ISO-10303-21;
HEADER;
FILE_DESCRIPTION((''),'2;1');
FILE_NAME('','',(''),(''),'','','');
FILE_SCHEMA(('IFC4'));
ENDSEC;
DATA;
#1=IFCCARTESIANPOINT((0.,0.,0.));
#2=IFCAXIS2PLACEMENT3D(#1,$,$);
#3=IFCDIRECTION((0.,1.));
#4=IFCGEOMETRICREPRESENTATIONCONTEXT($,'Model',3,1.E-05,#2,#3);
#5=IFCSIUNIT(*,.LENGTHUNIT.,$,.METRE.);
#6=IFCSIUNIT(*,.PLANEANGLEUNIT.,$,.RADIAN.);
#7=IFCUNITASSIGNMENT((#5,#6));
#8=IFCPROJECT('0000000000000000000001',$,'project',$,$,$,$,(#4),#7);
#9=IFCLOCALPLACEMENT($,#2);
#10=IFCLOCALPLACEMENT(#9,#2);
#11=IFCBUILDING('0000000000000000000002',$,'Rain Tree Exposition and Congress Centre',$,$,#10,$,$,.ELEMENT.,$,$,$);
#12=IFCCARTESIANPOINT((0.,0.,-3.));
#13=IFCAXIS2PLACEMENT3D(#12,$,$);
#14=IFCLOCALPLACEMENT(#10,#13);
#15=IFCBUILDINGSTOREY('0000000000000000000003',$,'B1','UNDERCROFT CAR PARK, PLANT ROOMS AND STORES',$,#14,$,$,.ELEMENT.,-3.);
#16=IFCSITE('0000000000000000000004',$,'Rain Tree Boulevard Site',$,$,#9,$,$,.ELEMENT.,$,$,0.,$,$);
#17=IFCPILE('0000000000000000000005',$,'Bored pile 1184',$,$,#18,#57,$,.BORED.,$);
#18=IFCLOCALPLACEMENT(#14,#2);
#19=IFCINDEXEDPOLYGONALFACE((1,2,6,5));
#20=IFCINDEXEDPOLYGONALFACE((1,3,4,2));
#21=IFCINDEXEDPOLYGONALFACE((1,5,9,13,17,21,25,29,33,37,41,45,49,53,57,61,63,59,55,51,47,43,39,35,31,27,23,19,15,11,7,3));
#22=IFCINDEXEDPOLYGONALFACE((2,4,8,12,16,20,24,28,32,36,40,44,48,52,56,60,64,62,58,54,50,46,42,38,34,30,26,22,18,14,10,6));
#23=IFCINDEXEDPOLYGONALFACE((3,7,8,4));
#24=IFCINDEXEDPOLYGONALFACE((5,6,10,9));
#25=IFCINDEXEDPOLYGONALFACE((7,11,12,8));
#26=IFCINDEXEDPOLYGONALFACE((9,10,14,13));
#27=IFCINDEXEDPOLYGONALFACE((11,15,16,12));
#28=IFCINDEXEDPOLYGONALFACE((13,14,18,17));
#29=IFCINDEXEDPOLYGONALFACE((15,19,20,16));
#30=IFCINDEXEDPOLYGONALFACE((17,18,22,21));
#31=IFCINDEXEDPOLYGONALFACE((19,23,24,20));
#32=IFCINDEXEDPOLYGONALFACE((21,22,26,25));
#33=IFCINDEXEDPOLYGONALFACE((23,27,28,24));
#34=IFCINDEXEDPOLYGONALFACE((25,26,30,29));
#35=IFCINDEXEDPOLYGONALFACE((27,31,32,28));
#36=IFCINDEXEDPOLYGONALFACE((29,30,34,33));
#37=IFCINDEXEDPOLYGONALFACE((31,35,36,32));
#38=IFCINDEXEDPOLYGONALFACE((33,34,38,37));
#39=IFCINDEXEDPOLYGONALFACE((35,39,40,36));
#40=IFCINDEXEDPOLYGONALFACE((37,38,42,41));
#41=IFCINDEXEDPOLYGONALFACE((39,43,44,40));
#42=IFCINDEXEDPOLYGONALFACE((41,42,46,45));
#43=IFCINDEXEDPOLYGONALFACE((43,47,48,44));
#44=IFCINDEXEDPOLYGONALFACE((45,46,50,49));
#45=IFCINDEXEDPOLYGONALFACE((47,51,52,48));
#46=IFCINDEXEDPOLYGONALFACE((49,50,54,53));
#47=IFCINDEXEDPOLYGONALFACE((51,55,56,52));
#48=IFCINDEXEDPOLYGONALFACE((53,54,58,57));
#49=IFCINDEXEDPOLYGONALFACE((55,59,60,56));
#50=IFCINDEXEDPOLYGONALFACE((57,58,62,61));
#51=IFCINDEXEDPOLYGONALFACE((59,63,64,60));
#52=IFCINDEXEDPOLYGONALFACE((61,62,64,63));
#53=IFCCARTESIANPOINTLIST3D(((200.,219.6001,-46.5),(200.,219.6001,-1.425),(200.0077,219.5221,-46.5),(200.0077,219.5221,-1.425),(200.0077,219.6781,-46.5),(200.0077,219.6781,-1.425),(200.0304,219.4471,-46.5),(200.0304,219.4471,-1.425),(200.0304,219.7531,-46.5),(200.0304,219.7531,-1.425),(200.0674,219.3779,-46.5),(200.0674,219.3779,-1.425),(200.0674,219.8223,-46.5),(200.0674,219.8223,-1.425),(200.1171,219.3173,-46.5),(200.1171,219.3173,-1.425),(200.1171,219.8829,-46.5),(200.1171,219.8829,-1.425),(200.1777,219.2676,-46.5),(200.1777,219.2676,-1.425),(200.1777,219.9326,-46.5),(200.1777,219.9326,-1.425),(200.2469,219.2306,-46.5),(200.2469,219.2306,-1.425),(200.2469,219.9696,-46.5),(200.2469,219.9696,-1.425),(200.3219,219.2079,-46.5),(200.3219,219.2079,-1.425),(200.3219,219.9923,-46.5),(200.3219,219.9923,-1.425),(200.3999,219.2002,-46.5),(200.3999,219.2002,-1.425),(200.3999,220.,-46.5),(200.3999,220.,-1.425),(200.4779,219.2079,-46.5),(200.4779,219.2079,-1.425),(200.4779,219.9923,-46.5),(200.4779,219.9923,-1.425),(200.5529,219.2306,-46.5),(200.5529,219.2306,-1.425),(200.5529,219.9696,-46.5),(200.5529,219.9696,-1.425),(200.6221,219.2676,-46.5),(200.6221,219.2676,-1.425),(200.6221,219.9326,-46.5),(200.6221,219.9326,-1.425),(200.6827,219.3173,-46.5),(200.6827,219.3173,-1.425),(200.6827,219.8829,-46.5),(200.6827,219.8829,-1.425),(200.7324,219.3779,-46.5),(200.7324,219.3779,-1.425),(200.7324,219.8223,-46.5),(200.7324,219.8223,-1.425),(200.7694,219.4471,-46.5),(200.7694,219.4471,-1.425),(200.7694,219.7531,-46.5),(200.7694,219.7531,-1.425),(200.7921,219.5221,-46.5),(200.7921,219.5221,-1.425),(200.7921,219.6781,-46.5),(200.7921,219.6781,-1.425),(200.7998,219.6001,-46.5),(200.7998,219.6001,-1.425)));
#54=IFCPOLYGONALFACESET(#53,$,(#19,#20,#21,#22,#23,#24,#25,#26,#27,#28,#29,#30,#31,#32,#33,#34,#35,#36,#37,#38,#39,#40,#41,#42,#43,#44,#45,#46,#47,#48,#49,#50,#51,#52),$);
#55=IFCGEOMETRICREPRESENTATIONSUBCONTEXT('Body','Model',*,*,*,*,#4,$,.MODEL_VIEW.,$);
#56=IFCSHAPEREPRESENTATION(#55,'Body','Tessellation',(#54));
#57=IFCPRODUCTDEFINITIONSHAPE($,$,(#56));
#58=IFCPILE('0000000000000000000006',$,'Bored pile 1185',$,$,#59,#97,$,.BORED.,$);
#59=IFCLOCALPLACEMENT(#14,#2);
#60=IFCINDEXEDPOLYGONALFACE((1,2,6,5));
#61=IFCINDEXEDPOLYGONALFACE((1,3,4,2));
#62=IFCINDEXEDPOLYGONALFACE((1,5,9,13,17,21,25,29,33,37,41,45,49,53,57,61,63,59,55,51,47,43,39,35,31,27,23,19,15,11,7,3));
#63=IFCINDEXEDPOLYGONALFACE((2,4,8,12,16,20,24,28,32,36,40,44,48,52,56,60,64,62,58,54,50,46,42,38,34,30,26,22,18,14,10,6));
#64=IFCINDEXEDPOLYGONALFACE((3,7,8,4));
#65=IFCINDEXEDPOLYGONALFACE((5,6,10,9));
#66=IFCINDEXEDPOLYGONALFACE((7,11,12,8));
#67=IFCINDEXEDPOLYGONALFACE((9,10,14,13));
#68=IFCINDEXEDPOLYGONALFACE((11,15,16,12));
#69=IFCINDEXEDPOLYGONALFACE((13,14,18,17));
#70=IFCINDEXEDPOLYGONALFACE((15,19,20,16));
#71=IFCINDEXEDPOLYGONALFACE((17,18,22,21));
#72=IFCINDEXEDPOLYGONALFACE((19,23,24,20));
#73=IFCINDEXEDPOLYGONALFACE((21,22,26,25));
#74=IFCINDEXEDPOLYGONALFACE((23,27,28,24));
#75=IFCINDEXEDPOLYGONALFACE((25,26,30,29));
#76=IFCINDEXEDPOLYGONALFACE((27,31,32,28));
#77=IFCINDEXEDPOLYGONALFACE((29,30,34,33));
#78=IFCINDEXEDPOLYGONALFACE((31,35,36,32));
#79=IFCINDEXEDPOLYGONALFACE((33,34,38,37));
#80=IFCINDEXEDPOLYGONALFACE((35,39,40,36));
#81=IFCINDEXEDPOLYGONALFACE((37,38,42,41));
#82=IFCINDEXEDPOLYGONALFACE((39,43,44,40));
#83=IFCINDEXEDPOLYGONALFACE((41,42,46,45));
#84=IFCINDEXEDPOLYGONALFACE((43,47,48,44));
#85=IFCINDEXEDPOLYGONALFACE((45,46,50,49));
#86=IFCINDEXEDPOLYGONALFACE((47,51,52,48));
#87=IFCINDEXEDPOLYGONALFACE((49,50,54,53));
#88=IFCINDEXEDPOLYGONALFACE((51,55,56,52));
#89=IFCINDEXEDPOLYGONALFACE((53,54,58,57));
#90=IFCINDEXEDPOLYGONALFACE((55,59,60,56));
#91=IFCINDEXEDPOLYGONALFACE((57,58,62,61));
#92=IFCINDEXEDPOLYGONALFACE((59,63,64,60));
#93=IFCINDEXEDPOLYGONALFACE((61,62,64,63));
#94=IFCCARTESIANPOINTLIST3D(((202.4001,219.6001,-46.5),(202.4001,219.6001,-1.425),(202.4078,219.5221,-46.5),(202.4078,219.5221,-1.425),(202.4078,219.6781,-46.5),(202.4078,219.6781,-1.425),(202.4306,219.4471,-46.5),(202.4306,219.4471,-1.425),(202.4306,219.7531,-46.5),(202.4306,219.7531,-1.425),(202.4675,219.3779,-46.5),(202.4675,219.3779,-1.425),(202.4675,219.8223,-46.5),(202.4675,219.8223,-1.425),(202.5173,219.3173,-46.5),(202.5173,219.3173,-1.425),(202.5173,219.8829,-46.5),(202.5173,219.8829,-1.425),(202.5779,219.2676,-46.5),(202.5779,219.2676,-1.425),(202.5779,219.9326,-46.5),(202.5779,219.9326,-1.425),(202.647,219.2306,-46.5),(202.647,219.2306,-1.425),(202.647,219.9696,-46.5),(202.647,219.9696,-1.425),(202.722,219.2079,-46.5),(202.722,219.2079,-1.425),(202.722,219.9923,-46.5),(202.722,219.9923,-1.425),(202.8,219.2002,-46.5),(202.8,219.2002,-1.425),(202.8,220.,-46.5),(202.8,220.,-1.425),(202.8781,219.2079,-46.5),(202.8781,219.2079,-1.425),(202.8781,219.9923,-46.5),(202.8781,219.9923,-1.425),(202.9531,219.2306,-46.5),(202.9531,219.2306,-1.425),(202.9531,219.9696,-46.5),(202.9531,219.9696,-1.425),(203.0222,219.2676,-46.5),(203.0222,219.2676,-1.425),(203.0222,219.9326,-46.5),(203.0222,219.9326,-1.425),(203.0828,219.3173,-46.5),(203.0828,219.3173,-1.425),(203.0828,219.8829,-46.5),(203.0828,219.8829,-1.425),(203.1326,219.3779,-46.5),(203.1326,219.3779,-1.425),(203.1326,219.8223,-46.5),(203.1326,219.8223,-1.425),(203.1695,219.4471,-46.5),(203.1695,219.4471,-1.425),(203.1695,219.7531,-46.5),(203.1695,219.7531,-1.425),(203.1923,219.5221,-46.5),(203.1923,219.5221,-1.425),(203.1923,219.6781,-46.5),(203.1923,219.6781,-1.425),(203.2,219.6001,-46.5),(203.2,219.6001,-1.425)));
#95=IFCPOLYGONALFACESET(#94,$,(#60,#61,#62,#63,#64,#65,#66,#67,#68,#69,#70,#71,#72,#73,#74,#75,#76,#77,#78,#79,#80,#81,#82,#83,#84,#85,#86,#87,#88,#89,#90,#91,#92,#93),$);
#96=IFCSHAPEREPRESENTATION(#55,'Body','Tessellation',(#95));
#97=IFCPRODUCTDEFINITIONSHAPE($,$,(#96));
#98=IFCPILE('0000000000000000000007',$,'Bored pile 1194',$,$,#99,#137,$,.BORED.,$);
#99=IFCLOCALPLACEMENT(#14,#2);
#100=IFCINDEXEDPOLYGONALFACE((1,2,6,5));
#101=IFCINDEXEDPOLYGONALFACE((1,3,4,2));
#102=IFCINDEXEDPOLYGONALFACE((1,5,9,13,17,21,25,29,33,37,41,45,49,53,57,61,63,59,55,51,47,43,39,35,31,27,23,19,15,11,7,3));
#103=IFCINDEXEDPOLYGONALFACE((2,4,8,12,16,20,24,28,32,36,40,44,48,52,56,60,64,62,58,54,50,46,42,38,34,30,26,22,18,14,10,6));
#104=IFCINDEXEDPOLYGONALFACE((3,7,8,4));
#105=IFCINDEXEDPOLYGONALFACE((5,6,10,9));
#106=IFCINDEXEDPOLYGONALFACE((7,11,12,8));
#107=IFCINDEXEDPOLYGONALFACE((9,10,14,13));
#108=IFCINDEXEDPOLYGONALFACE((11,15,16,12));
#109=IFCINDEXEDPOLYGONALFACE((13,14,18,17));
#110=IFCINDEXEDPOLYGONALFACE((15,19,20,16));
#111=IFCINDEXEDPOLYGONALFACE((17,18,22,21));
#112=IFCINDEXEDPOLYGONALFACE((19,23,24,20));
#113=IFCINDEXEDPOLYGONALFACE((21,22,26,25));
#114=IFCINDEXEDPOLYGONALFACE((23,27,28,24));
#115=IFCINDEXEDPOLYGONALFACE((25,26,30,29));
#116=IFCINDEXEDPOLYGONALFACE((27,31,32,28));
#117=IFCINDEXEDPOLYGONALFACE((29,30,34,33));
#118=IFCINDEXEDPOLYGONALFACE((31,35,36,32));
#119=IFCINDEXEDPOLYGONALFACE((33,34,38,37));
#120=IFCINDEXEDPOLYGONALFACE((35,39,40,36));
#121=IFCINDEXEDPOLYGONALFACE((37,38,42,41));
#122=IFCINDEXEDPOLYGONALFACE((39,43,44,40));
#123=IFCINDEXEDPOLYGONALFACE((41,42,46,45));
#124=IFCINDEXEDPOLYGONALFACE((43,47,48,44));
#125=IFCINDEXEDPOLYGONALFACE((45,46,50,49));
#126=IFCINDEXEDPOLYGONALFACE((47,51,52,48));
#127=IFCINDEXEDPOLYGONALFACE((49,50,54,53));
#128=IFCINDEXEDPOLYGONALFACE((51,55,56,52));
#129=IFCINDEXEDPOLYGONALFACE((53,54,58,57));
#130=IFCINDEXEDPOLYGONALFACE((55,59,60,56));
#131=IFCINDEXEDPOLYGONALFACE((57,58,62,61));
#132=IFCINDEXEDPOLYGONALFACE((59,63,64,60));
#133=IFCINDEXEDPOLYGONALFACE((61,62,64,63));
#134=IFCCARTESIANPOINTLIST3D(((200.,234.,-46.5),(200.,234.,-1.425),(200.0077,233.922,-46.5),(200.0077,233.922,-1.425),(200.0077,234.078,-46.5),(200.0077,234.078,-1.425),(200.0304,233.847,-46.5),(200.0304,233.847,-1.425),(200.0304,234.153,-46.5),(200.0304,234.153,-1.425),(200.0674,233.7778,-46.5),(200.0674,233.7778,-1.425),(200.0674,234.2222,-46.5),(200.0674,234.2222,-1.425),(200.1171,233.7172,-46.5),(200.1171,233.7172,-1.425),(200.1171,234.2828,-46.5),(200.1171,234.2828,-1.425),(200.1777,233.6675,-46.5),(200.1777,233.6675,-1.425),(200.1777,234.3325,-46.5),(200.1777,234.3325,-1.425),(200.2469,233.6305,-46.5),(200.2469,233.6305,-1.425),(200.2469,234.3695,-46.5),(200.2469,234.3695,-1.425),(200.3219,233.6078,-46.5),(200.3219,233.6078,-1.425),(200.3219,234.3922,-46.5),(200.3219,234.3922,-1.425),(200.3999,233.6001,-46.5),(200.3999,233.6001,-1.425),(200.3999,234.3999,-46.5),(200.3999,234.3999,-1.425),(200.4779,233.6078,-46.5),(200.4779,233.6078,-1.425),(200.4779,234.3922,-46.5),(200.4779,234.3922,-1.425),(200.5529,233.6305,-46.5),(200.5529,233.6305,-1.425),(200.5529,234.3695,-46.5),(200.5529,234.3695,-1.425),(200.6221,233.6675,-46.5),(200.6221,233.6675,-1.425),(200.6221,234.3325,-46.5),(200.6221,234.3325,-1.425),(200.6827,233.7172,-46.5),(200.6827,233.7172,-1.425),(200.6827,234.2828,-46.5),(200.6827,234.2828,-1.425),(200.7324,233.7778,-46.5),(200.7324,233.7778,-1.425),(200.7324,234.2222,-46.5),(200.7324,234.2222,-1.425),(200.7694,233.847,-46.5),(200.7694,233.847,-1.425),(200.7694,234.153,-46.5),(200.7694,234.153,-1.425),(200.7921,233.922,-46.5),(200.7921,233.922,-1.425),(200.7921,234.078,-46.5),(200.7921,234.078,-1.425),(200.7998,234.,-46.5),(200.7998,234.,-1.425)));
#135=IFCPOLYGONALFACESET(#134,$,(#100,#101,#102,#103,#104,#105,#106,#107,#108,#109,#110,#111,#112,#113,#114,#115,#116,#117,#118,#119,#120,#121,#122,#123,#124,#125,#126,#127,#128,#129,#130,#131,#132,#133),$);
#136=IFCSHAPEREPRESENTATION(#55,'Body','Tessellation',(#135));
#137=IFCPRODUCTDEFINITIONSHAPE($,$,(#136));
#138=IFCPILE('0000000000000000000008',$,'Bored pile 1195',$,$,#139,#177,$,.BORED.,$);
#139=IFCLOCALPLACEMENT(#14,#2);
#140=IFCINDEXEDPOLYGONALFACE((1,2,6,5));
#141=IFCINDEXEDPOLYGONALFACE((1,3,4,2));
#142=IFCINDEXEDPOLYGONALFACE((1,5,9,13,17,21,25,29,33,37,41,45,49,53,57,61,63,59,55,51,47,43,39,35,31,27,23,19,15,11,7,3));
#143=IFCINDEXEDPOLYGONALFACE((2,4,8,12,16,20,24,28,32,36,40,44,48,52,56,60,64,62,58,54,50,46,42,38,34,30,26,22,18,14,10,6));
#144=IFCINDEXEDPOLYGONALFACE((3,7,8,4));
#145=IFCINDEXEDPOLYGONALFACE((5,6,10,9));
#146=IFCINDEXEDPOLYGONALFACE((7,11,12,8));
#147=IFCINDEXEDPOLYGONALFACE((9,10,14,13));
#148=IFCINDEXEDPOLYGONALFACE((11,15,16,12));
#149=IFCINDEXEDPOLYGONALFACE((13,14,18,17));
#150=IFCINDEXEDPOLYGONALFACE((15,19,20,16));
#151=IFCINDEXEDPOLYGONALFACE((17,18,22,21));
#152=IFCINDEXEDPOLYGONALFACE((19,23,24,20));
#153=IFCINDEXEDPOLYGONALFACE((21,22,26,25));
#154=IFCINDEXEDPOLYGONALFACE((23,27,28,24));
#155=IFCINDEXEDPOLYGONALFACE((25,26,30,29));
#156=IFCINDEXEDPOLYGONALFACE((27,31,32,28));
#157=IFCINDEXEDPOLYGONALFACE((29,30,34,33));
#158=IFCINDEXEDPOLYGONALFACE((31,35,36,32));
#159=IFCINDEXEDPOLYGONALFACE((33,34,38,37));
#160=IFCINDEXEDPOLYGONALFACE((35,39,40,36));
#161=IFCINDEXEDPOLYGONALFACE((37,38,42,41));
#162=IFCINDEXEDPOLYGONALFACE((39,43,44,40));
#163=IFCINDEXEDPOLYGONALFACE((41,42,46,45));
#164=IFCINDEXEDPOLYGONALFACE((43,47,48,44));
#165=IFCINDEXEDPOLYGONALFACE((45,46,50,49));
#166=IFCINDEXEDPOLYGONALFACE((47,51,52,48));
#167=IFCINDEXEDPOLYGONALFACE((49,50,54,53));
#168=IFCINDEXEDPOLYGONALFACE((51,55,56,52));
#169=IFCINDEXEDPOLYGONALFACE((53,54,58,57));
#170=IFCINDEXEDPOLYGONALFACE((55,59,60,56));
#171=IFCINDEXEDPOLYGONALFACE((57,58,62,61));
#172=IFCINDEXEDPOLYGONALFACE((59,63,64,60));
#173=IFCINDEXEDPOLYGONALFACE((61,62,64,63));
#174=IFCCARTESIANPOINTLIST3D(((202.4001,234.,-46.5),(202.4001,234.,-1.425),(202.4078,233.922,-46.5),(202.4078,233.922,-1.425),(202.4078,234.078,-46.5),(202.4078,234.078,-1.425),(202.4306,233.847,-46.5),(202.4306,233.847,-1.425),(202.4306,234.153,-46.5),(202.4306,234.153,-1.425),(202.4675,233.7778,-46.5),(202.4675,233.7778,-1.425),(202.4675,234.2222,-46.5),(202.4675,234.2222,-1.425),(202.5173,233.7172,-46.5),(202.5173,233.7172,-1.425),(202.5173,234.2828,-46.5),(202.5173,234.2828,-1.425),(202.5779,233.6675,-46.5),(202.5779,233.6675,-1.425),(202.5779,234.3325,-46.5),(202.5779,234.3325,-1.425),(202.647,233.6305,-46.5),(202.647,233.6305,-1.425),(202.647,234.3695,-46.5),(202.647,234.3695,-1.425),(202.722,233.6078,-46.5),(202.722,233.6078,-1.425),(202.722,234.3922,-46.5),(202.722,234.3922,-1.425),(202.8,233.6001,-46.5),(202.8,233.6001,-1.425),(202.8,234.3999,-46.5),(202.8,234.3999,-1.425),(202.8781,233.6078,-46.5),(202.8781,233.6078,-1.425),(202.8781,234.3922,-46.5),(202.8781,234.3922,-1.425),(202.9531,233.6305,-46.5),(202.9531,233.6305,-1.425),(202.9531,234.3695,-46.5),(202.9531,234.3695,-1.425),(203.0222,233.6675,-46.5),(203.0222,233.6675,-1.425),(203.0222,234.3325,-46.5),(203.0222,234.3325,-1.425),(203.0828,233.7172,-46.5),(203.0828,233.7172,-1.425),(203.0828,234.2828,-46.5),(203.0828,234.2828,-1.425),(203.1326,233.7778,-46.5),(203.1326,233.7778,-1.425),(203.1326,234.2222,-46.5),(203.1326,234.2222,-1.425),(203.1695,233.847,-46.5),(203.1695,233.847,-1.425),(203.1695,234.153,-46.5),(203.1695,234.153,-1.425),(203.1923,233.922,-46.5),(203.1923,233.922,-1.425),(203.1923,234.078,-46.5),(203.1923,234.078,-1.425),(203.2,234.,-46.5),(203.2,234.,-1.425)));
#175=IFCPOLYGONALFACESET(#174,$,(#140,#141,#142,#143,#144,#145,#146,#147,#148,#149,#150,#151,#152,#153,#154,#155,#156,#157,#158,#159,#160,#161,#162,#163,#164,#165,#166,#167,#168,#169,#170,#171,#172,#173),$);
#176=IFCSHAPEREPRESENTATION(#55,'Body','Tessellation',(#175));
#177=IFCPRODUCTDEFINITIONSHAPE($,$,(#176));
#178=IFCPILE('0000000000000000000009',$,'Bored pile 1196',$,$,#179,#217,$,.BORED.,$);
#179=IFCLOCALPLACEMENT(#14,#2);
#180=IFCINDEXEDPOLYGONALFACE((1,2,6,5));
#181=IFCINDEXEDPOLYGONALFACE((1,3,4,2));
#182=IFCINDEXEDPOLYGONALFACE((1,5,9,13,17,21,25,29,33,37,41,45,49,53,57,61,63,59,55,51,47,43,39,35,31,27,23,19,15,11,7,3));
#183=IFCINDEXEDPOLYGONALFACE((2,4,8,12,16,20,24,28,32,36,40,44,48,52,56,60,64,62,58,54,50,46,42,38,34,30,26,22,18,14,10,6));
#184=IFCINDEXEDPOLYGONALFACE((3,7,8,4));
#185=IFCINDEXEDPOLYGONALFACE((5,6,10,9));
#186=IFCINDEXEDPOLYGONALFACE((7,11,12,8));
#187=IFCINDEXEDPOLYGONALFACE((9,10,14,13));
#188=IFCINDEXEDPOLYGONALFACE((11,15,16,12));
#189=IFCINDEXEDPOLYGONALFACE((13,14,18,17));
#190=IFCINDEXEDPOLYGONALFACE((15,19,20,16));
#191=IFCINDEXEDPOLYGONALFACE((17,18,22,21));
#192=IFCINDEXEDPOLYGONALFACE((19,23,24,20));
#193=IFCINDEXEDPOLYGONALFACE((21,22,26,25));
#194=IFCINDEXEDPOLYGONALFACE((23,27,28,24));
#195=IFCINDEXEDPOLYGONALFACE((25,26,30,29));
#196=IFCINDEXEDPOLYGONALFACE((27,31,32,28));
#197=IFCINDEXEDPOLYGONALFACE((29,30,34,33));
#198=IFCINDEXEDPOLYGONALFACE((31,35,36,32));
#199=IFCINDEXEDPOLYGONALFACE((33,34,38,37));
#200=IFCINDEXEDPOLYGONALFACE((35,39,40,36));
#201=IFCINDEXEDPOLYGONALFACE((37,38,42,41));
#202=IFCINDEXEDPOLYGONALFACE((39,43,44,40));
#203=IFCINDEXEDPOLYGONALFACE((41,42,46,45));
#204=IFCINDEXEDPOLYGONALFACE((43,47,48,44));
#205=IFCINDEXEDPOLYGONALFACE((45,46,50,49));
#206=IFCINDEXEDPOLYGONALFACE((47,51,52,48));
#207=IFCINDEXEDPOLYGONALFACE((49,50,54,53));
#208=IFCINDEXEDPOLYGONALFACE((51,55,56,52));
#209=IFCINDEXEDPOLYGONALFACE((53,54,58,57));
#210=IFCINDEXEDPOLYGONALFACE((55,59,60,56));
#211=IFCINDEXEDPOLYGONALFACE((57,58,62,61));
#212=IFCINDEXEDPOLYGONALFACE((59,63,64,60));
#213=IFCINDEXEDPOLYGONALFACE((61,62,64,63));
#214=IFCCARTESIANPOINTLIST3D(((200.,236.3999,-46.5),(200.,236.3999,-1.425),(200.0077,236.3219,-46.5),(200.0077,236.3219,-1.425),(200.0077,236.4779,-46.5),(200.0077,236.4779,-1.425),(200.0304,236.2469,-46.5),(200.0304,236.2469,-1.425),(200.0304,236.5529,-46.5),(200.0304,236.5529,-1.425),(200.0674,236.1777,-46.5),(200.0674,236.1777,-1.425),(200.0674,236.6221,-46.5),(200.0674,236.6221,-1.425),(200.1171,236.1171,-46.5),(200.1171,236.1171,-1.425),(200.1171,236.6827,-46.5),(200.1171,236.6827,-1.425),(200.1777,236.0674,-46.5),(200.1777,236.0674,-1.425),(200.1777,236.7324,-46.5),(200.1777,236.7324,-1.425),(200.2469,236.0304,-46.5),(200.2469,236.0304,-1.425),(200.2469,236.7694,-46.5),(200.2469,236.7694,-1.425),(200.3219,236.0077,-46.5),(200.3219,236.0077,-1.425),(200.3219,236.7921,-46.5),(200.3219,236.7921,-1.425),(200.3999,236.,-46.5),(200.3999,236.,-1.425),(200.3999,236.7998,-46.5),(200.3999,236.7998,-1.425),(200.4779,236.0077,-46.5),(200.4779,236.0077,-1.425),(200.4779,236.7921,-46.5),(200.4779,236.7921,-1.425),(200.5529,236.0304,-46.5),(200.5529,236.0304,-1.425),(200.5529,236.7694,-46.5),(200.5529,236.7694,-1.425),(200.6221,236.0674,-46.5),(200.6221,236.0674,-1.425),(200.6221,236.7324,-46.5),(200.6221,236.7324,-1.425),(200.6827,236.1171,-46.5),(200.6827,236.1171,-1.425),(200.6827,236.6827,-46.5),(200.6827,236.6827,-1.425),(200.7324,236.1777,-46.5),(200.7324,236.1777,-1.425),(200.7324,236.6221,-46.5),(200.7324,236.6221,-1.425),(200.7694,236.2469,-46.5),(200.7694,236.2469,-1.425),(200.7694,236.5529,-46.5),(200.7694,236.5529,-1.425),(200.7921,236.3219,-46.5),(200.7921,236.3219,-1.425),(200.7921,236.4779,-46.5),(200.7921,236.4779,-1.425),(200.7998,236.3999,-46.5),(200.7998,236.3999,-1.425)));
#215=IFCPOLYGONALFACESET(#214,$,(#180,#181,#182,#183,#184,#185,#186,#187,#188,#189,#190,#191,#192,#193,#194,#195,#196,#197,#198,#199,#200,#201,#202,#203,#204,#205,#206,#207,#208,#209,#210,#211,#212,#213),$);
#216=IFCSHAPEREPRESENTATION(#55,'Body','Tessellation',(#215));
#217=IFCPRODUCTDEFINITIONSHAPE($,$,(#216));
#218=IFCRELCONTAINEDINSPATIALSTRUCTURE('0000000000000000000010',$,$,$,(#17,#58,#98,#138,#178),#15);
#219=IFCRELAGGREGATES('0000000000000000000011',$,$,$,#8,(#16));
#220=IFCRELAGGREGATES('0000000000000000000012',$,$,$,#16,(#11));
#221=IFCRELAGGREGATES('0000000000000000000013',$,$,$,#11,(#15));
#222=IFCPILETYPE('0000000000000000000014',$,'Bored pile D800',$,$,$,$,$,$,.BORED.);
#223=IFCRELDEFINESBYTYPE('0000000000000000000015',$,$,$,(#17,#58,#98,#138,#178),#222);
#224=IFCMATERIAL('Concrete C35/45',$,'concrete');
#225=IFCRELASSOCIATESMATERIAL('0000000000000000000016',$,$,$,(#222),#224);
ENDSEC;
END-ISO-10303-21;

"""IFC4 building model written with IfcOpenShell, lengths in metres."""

from ifc_helpers import new_model, si_unit, direction, frame, origin, origin_2d, place, context, subcontext, project, spatial, circle, extrude, material, material_profile, profile_set, type_object, element, save


model = new_model("IFC4")

# Units and contexts
model_context = context("Model", 3, precision=1e-05, world=origin(), true_north=direction((0.0, 1.0)))
body_context = subcontext(model_context, "Body", "Model", "MODEL_VIEW")
ifc_project = project(units=[si_unit("LENGTHUNIT", "METRE"), si_unit("PLANEANGLEUNIT", "RADIAN")], contexts=[model_context])

# Site, building, storey
site_placement = place(None, origin())
site = spatial("IfcSite", under=ifc_project, at=site_placement, Name="Rain Tree Boulevard Site", CompositionType="ELEMENT", RefElevation=0.0)
building_placement = place(site_placement, origin())
building = spatial("IfcBuilding", under=site, at=building_placement, Name="Rain Tree Exposition and Congress Centre", CompositionType="ELEMENT")
storey_placement = place(building_placement, frame((0.0, 0.0, -3.0)))
storey = spatial("IfcBuildingStorey", under=building, at=storey_placement, Name="B1", Description="UNDERCROFT CAR PARK, PLANT ROOMS AND STORES", CompositionType="ELEMENT", Elevation=-3.0)

# Piles
ifc_material_1 = material(Name="Concrete C35/45", Category="concrete")
ifc_material_profile_1 = material_profile(ifc_material_1, circle(Radius=0.3999, at=origin_2d()), Name="D800")
ifc_profile_set_1 = profile_set([ifc_material_profile_1], Name="Concrete C35/45")
pile_type_1 = type_object("IfcPileType", Name="Bored pile D800", PredefinedType="BORED", material=ifc_profile_set_1)
for number, where, z_axis, x_axis, name in (
    (1, (200.3999, 219.6001, -1.425), (0.0, 0.0, -1.0), (1.0, 0.0, 0.0), "Bored pile 1184"),
    (2, (202.8, 219.6001, -1.425), (0.0, 0.0, -1.0), (1.0, 0.0, 0.0), "Bored pile 1185"),
    (3, (200.3999, 234.0, -1.425), (0.0, 0.0, -1.0), (1.0, 0.0, 0.0), "Bored pile 1194"),
    (4, (202.8, 234.0, -1.425), (0.0, 0.0, -1.0), (1.0, 0.0, 0.0), "Bored pile 1195"),
    (5, (200.3999, 236.3999, -1.425), (0.0, 0.0, -1.0), (1.0, 0.0, 0.0), "Bored pile 1196"),
):
    element("IfcPile", number, at=place(storey_placement, frame(where, z_axis=z_axis, x_axis=x_axis)), inside=storey, type_object=pile_type_1, Name=name, PredefinedType="BORED", context=body_context, shape_type="SweptSolid", body=[
        extrude(circle(Radius=0.3999, at=origin_2d()), origin(), (0.0, 0.0, 1.0), 45.075),
    ])

save(model, "model.ifc")
